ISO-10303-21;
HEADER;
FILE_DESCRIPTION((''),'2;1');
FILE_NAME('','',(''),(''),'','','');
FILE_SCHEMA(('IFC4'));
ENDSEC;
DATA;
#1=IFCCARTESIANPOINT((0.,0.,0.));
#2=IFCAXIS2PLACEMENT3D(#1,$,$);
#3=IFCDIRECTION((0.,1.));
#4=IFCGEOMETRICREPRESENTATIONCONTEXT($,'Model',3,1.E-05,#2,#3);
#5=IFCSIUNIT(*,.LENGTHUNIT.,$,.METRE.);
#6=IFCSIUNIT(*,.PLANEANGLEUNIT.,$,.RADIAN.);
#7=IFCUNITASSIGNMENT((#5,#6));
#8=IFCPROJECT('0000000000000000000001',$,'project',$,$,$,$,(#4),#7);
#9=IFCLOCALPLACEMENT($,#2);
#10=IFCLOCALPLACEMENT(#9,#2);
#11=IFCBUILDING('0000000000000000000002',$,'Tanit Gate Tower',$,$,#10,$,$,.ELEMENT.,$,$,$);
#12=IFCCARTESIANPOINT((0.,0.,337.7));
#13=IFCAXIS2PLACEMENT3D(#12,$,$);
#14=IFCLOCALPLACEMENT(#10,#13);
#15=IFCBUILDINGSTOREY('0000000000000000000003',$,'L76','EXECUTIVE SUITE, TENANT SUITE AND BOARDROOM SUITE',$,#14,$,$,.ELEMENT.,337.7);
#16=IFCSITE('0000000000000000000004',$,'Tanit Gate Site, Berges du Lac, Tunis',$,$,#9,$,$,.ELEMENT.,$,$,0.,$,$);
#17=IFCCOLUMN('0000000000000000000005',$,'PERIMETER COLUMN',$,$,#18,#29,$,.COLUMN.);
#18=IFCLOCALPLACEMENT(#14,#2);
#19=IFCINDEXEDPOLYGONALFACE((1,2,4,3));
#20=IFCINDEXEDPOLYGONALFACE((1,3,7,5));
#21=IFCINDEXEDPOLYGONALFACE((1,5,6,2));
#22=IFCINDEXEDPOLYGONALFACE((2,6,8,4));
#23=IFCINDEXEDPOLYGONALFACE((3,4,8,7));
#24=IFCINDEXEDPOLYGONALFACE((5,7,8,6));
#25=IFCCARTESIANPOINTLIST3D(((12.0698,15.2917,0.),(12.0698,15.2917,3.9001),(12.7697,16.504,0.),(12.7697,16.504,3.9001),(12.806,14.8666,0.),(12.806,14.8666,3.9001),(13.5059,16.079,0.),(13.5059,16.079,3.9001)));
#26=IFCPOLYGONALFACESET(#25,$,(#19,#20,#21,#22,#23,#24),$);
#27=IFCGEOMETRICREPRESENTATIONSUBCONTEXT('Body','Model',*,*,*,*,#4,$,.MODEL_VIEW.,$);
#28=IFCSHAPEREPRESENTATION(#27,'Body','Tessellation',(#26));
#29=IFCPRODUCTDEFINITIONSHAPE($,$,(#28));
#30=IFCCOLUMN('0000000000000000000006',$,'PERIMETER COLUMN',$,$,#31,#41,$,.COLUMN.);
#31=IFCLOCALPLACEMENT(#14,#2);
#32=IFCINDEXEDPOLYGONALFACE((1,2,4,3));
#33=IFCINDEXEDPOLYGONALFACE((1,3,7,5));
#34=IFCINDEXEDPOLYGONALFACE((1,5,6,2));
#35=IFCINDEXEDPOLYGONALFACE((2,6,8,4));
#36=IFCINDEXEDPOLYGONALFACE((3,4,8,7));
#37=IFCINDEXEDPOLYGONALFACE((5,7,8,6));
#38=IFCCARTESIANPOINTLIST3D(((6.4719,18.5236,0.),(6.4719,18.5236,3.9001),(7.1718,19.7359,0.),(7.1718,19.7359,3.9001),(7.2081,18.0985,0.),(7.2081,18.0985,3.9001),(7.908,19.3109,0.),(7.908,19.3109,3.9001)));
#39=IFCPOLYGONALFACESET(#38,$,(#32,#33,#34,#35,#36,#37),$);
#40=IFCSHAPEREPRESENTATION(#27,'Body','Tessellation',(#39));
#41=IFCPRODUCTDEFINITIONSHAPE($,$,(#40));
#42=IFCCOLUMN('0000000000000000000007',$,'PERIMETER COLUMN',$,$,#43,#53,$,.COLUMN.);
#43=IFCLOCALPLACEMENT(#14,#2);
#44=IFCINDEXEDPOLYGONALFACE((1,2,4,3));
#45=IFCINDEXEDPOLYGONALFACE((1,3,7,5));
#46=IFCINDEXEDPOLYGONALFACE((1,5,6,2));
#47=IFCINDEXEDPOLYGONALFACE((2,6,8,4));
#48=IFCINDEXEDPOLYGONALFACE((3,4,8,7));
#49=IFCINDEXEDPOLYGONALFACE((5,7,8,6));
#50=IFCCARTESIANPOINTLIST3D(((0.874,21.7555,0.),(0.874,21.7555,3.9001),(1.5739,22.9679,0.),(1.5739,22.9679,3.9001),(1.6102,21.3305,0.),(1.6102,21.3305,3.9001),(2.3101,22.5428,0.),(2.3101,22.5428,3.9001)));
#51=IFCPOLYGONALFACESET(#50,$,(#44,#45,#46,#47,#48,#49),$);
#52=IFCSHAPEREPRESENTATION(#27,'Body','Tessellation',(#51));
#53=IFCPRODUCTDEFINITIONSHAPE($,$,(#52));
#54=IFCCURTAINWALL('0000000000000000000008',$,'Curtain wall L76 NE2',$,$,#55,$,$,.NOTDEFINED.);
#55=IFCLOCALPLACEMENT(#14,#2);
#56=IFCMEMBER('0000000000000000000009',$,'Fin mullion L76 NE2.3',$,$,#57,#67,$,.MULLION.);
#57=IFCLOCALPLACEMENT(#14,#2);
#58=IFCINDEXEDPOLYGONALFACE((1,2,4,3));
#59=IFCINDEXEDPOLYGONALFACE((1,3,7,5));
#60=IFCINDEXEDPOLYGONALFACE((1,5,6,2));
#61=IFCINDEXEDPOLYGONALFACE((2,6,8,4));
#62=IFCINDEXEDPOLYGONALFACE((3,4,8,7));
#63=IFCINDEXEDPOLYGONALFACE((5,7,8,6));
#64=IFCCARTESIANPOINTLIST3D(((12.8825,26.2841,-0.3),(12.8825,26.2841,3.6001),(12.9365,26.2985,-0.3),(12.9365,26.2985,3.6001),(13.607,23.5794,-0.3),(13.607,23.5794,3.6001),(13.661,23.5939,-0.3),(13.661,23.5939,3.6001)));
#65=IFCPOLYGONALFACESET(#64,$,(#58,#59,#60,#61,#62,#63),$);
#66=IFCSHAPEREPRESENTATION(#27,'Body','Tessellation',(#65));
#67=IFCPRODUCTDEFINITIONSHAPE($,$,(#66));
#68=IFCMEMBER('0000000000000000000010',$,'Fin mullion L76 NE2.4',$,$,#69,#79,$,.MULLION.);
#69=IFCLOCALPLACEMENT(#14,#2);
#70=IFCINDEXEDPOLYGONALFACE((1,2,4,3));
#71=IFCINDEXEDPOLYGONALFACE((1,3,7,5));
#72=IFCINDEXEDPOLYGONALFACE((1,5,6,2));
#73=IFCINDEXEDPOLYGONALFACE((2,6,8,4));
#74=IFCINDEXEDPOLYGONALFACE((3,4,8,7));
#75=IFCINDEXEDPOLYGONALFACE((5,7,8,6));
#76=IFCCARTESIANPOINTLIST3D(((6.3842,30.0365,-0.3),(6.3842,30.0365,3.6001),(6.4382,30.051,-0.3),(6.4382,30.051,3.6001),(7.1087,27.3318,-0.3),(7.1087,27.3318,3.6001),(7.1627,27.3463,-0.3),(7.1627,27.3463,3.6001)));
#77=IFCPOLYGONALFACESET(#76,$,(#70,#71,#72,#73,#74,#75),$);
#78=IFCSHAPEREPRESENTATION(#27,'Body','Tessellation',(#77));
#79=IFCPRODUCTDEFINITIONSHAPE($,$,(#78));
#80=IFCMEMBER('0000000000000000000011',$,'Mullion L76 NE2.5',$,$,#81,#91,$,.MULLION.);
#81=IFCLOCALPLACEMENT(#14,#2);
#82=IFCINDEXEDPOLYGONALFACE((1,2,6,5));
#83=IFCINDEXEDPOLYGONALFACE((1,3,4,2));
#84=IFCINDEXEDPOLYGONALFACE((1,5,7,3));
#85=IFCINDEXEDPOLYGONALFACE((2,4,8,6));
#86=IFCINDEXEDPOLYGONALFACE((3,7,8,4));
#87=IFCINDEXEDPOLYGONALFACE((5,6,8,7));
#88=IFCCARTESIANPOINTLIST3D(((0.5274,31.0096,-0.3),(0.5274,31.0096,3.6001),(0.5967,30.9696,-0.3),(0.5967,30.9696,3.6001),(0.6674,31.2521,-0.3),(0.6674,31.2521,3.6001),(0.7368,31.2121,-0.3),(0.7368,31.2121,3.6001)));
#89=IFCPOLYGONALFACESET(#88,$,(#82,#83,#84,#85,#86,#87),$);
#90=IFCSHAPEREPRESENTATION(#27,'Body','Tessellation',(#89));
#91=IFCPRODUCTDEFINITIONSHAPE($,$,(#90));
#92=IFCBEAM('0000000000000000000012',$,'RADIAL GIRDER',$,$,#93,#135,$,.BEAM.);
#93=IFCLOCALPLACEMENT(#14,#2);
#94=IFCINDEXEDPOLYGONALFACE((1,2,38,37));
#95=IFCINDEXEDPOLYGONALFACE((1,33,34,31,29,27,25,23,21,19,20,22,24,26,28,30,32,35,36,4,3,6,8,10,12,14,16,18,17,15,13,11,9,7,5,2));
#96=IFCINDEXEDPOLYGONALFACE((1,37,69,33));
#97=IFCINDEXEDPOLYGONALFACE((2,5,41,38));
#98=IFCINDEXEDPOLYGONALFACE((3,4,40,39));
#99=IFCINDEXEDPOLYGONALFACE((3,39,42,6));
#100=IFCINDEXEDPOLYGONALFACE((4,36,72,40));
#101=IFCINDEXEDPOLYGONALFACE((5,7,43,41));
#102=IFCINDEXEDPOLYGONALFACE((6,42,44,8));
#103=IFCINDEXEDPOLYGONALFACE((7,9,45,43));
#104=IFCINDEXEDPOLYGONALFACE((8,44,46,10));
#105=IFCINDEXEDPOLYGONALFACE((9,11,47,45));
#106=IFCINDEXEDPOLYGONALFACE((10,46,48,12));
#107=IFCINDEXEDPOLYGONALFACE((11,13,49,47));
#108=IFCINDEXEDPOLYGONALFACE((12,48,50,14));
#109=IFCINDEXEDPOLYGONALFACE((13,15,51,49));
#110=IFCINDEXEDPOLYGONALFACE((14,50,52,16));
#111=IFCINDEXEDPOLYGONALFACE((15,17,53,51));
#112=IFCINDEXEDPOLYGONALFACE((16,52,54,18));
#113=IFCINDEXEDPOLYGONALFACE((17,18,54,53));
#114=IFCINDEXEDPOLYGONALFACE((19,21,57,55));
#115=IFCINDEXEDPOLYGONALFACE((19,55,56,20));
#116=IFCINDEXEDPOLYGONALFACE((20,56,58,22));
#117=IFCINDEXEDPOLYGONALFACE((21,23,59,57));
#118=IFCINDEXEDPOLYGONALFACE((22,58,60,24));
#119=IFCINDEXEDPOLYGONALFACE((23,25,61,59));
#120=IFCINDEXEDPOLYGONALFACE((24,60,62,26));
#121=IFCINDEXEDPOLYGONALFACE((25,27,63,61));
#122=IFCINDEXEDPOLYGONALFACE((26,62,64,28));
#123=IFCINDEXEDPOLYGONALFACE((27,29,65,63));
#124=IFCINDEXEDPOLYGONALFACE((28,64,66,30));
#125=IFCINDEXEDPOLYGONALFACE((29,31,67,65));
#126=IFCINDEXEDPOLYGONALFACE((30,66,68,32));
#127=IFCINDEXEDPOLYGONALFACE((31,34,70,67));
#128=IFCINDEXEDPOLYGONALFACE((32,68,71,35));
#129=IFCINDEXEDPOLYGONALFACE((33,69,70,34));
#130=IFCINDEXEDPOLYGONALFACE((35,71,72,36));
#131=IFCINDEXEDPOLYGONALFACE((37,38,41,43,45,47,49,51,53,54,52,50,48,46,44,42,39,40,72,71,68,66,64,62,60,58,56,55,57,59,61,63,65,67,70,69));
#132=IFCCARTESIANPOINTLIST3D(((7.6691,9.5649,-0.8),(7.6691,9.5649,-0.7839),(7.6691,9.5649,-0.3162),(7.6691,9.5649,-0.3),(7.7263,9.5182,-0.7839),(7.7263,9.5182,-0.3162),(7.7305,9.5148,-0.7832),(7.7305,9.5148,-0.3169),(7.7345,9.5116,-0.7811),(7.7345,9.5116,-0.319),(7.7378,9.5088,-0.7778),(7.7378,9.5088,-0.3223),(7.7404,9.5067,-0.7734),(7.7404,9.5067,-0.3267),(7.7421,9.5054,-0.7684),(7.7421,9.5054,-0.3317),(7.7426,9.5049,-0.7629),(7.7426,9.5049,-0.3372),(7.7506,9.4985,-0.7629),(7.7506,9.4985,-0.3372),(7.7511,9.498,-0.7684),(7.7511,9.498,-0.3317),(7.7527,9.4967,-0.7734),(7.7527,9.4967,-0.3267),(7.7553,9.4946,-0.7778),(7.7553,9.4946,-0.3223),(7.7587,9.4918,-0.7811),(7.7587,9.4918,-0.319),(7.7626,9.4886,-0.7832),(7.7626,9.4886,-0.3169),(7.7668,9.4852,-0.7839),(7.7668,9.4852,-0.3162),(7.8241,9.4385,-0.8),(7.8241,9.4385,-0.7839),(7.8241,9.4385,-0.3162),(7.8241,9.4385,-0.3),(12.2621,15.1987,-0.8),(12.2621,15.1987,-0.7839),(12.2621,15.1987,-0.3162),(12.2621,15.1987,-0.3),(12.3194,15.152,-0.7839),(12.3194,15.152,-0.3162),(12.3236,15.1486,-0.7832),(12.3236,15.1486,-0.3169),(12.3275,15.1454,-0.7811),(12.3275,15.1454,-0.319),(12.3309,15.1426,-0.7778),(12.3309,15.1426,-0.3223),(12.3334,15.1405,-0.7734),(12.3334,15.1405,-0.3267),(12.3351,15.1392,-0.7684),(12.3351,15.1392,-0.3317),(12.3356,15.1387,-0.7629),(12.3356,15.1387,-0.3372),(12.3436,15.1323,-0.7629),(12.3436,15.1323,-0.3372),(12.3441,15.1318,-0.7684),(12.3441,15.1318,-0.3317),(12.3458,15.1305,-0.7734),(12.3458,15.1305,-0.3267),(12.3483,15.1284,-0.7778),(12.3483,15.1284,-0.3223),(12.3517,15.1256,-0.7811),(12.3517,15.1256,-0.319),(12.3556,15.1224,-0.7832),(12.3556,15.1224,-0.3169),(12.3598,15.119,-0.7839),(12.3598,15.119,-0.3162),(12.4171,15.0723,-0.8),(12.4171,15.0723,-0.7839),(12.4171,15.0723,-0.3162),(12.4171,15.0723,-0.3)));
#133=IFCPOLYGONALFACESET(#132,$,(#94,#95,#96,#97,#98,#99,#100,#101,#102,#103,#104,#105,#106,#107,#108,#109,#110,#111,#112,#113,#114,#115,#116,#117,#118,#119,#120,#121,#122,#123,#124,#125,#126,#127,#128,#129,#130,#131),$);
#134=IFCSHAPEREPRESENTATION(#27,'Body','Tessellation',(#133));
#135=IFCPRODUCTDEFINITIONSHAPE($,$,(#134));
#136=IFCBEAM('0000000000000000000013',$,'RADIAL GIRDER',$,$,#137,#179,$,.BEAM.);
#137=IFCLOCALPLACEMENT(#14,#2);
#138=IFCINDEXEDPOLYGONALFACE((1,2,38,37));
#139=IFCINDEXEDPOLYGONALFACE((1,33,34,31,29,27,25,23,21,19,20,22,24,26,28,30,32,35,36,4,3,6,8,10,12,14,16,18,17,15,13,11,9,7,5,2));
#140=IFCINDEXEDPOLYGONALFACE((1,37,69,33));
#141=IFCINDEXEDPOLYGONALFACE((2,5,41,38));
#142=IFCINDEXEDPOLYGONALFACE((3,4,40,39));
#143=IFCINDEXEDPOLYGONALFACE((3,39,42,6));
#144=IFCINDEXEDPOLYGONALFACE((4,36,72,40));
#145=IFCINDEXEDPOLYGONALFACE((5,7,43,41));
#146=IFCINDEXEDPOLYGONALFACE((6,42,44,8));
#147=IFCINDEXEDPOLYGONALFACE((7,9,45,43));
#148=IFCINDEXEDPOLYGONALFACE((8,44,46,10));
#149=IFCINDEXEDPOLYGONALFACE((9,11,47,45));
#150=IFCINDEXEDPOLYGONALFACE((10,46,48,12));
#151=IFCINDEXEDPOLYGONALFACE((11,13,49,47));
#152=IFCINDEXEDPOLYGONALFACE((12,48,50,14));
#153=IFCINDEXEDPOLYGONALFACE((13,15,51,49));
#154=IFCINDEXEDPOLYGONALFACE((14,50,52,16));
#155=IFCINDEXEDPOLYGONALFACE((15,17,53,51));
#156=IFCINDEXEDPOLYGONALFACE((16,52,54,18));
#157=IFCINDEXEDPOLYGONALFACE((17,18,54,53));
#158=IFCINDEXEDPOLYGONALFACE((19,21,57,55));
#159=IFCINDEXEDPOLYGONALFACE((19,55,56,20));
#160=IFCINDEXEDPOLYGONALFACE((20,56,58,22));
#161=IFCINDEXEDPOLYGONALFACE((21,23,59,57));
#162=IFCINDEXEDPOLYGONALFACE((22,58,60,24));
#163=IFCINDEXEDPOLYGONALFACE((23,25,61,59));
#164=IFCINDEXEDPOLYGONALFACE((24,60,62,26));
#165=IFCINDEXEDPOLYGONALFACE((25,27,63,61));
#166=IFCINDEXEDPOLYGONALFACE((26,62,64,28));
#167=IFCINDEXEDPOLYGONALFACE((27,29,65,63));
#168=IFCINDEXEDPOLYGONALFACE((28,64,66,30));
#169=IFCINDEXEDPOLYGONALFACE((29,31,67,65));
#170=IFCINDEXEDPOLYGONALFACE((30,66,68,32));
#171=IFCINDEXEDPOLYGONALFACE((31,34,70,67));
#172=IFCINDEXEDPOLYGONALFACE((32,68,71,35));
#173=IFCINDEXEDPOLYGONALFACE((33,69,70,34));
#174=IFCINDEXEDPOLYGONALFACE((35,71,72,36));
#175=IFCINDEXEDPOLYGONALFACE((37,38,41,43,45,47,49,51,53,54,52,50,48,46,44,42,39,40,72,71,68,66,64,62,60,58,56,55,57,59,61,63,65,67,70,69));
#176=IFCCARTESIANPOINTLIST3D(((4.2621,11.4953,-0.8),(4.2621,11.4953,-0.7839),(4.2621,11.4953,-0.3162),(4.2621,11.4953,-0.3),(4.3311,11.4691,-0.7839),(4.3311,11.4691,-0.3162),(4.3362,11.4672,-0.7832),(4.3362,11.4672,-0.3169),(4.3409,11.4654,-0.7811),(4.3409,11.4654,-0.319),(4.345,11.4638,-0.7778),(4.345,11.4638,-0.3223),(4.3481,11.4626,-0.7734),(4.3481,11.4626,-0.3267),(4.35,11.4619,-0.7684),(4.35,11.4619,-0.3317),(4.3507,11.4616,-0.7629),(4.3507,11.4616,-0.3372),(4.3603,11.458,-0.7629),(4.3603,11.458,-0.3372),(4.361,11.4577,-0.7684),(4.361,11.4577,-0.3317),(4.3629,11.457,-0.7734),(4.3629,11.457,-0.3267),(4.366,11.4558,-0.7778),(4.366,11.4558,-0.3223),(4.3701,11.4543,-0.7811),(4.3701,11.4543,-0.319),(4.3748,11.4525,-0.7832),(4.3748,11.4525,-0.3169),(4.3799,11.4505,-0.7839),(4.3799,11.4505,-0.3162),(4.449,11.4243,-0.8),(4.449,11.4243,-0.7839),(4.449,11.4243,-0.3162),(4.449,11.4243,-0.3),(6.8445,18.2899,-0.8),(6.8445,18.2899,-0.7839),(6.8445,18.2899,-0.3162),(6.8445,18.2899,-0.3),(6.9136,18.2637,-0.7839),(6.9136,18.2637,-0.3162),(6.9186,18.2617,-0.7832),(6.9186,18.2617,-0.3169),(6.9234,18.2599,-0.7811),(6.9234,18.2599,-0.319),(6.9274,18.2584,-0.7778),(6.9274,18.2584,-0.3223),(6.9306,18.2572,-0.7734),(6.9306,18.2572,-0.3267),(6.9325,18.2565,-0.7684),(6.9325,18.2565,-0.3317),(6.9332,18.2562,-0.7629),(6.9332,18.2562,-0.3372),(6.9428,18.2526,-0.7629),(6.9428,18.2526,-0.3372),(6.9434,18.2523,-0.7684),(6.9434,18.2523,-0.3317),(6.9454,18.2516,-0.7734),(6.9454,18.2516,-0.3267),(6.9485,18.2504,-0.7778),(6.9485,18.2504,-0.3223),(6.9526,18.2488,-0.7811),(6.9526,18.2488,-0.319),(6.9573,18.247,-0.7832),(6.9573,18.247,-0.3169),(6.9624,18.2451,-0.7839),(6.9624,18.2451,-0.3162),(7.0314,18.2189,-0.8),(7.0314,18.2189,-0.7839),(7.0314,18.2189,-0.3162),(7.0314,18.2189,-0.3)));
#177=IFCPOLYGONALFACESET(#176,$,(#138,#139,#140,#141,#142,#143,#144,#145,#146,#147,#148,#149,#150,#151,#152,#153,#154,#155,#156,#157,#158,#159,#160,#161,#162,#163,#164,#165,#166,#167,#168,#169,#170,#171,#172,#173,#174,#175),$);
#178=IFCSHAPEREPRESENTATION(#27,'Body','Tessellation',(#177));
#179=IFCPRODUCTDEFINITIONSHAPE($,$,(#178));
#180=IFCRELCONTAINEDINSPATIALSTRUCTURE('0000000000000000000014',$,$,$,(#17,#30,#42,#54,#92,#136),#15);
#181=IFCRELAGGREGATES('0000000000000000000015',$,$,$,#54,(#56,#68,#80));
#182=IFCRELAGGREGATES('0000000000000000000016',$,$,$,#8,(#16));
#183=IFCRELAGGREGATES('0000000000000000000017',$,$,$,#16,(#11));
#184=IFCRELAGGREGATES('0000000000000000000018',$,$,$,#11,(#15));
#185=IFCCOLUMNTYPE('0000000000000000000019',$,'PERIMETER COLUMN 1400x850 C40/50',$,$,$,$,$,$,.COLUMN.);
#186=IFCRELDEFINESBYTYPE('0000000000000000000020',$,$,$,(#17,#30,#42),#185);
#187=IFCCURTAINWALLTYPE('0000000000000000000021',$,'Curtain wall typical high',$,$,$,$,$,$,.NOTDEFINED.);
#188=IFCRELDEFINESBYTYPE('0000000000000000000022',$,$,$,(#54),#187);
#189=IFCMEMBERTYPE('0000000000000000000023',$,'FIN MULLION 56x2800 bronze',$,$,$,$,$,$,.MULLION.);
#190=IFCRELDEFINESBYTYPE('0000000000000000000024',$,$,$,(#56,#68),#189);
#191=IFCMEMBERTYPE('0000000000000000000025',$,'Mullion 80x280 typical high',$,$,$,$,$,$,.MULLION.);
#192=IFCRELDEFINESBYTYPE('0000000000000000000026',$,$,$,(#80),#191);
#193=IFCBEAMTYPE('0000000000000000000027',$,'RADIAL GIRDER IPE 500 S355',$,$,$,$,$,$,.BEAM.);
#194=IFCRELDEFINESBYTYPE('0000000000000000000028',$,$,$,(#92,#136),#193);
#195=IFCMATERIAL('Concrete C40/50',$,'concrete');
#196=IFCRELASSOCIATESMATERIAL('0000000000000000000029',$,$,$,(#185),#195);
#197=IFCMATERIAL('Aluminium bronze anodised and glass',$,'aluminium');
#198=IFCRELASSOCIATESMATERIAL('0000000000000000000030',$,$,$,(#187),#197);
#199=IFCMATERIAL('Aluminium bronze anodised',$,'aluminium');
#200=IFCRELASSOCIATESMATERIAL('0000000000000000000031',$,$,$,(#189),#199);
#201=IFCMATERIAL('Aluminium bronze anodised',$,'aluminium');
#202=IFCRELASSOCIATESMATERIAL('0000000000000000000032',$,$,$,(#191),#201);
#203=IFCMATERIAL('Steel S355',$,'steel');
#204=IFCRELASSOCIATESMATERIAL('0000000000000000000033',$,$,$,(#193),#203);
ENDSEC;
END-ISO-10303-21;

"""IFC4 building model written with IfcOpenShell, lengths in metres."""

from ifc_helpers import new_model, si_unit, direction, frame, origin, origin_2d, place, context, subcontext, project, spatial, rectangle, i_section, extrude, material, material_profile, profile_set, type_object, element, aggregate, save


model = new_model("IFC4")

# Units and contexts
model_context = context("Model", 3, precision=1e-05, world=origin(), true_north=direction((0.0, 1.0)))
body_context = subcontext(model_context, "Body", "Model", "MODEL_VIEW")
ifc_project = project(units=[si_unit("LENGTHUNIT", "METRE"), si_unit("PLANEANGLEUNIT", "RADIAN")], contexts=[model_context])

# Site, building, storey
site_placement = place(None, origin())
site = spatial("IfcSite", under=ifc_project, at=site_placement, Name="Tanit Gate Site, Berges du Lac, Tunis", CompositionType="ELEMENT", RefElevation=0.0)
building_placement = place(site_placement, origin())
building = spatial("IfcBuilding", under=site, at=building_placement, Name="Tanit Gate Tower", CompositionType="ELEMENT")
storey_placement = place(building_placement, frame((0.0, 0.0, 337.7)))
storey = spatial("IfcBuildingStorey", under=building, at=storey_placement, Name="L76", Description="EXECUTIVE SUITE, TENANT SUITE AND BOARDROOM SUITE", CompositionType="ELEMENT", Elevation=337.7)

# Columns
ifc_material_1 = material(Name="Concrete C40/50", Category="concrete")
ifc_material_profile_1 = material_profile(ifc_material_1, rectangle(XDim=1.3999, YDim=0.8501, at=origin_2d()), Name="RC 1400x850")
ifc_profile_set_1 = profile_set([ifc_material_profile_1], Name="Concrete C40/50")
column_type = type_object("IfcColumnType", Name="PERIMETER COLUMN 1400x850 C40/50", PredefinedType="COLUMN", material=ifc_profile_set_1)
for number, where, z_axis, x_axis, name in (
    (1, (12.7878, 15.6853, 0.0), (0.0, 0.0, 1.0), (0.5, 0.866025, 0.0), "PERIMETER COLUMN"),
    (2, (7.1899, 18.9172, 0.0), (0.0, 0.0, 1.0), (0.5, 0.866025, 0.0), "PERIMETER COLUMN"),
    (3, (1.592, 22.1492, 0.0), (0.0, 0.0, 1.0), (0.5, 0.866025, 0.0), "PERIMETER COLUMN"),
):
    element("IfcColumn", number, at=place(storey_placement, frame(where, z_axis=z_axis, x_axis=x_axis)), inside=storey, type_object=column_type, Name=name, PredefinedType="COLUMN", context=body_context, shape_type="SweptSolid", body=[
        extrude(rectangle(XDim=1.3999, YDim=0.8501, at=origin_2d()), origin(), (0.0, 0.0, 1.0), 3.9001),
    ])

# Curtain wall, members
ifc_material_2 = material(Name="Aluminium bronze anodised and glass", Category="aluminium")
curtain_wall_type = type_object("IfcCurtainWallType", Name="Curtain wall typical high", PredefinedType="NOTDEFINED", material=ifc_material_2)
curtain_wall_1_placement = place(storey_placement, origin())
curtain_wall_1 = element("IfcCurtainWall", 4, at=curtain_wall_1_placement, inside=storey, type_object=curtain_wall_type, Name="Curtain wall L76 NE2", PredefinedType="NOTDEFINED")
ifc_material_3 = material(Name="Aluminium bronze anodised", Category="aluminium")
ifc_material_profile_2 = material_profile(ifc_material_3, rectangle(XDim=2.8, YDim=0.0559, at=origin_2d()), Name="56x2800 bronze fin mullion")
ifc_profile_set_2 = profile_set([ifc_material_profile_2], Name="Aluminium bronze anodised")
member_type_1 = type_object("IfcMemberType", Name="FIN MULLION 56x2800 bronze", PredefinedType="MULLION", material=ifc_profile_set_2)
member_1_placement = place(storey_placement, frame((13.2717, 24.939, -0.3), z_axis=(0.0, 0.0, 1.0), x_axis=(0.258752, -0.965944, 0.0)))
member_1 = element("IfcMember", 5, at=member_1_placement, type_object=member_type_1, Name="Fin mullion L76 NE2.3", PredefinedType="MULLION", context=body_context, shape_type="SweptSolid", body=[
    extrude(rectangle(XDim=2.8, YDim=0.0559, at=origin_2d()), origin(), (0.0, 0.0, 1.0), 3.9001),
])
member_2_placement = place(storey_placement, frame((6.7734, 28.6914, -0.3), z_axis=(0.0, 0.0, 1.0), x_axis=(0.258752, -0.965944, 0.0)))
member_2 = element("IfcMember", 6, at=member_2_placement, type_object=member_type_1, Name="Fin mullion L76 NE2.4", PredefinedType="MULLION", context=body_context, shape_type="SweptSolid", body=[
    extrude(rectangle(XDim=2.8, YDim=0.0559, at=origin_2d()), origin(), (0.0, 0.0, 1.0), 3.9001),
])
ifc_material_4 = material(Name="Aluminium bronze anodised", Category="aluminium")
ifc_material_profile_3 = material_profile(ifc_material_4, rectangle(XDim=0.28, YDim=0.0801, at=origin_2d()), Name="80x280 bronze mullion")
ifc_profile_set_3 = profile_set([ifc_material_profile_3], Name="Aluminium bronze anodised")
member_type_2 = type_object("IfcMemberType", Name="Mullion 80x280 typical high", PredefinedType="MULLION", material=ifc_profile_set_3)
member_3_placement = place(storey_placement, frame((0.6321, 31.1108, -0.3), z_axis=(0.0, 0.0, 1.0), x_axis=(-0.50006, -0.865991, 0.0)))
member_3 = element("IfcMember", 7, at=member_3_placement, type_object=member_type_2, Name="Mullion L76 NE2.5", PredefinedType="MULLION", context=body_context, shape_type="SweptSolid", body=[
    extrude(rectangle(XDim=0.28, YDim=0.0801, at=origin_2d()), origin(), (0.0, 0.0, 1.0), 3.9001),
])

# Beams
ifc_material_5 = material(Name="Steel S355", Category="steel")
ifc_material_profile_4 = material_profile(ifc_material_5, i_section(OverallWidth=0.2, OverallDepth=0.5, WebThickness=0.0103, FlangeThickness=0.0161, FilletRadius=0.021, at=origin_2d()), Name="IPE 500")
ifc_profile_set_4 = profile_set([ifc_material_profile_4], Name="Steel S355")
beam_type = type_object("IfcBeamType", Name="RADIAL GIRDER IPE 500 S355", PredefinedType="BEAM", material=ifc_profile_set_4)
for number, where, z_axis, x_axis, name in (
    (8, (12.3396, 15.1355, -0.55), (-0.631882, -0.775065, 0.0), (0.775065, -0.631882, 0.0), "RADIAL GIRDER"),
    (9, (6.938, 18.2544, -0.55), (-0.355283, -0.934759, 0.0), (0.934759, -0.355283, 0.0), "RADIAL GIRDER"),
):
    element("IfcBeam", number, at=place(storey_placement, frame(where, z_axis=z_axis, x_axis=x_axis)), inside=storey, type_object=beam_type, Name=name, PredefinedType="BEAM", context=body_context, shape_type="SweptSolid", body=[
        extrude(i_section(OverallWidth=0.2, OverallDepth=0.5, WebThickness=0.0103, FlangeThickness=0.0161, FilletRadius=0.021, at=origin_2d()), origin(), (0.0, 0.0, 1.0), 7.2688),
    ])

aggregate(curtain_wall_1, [member_1, member_2, member_3])

save(model, "model.ifc")
